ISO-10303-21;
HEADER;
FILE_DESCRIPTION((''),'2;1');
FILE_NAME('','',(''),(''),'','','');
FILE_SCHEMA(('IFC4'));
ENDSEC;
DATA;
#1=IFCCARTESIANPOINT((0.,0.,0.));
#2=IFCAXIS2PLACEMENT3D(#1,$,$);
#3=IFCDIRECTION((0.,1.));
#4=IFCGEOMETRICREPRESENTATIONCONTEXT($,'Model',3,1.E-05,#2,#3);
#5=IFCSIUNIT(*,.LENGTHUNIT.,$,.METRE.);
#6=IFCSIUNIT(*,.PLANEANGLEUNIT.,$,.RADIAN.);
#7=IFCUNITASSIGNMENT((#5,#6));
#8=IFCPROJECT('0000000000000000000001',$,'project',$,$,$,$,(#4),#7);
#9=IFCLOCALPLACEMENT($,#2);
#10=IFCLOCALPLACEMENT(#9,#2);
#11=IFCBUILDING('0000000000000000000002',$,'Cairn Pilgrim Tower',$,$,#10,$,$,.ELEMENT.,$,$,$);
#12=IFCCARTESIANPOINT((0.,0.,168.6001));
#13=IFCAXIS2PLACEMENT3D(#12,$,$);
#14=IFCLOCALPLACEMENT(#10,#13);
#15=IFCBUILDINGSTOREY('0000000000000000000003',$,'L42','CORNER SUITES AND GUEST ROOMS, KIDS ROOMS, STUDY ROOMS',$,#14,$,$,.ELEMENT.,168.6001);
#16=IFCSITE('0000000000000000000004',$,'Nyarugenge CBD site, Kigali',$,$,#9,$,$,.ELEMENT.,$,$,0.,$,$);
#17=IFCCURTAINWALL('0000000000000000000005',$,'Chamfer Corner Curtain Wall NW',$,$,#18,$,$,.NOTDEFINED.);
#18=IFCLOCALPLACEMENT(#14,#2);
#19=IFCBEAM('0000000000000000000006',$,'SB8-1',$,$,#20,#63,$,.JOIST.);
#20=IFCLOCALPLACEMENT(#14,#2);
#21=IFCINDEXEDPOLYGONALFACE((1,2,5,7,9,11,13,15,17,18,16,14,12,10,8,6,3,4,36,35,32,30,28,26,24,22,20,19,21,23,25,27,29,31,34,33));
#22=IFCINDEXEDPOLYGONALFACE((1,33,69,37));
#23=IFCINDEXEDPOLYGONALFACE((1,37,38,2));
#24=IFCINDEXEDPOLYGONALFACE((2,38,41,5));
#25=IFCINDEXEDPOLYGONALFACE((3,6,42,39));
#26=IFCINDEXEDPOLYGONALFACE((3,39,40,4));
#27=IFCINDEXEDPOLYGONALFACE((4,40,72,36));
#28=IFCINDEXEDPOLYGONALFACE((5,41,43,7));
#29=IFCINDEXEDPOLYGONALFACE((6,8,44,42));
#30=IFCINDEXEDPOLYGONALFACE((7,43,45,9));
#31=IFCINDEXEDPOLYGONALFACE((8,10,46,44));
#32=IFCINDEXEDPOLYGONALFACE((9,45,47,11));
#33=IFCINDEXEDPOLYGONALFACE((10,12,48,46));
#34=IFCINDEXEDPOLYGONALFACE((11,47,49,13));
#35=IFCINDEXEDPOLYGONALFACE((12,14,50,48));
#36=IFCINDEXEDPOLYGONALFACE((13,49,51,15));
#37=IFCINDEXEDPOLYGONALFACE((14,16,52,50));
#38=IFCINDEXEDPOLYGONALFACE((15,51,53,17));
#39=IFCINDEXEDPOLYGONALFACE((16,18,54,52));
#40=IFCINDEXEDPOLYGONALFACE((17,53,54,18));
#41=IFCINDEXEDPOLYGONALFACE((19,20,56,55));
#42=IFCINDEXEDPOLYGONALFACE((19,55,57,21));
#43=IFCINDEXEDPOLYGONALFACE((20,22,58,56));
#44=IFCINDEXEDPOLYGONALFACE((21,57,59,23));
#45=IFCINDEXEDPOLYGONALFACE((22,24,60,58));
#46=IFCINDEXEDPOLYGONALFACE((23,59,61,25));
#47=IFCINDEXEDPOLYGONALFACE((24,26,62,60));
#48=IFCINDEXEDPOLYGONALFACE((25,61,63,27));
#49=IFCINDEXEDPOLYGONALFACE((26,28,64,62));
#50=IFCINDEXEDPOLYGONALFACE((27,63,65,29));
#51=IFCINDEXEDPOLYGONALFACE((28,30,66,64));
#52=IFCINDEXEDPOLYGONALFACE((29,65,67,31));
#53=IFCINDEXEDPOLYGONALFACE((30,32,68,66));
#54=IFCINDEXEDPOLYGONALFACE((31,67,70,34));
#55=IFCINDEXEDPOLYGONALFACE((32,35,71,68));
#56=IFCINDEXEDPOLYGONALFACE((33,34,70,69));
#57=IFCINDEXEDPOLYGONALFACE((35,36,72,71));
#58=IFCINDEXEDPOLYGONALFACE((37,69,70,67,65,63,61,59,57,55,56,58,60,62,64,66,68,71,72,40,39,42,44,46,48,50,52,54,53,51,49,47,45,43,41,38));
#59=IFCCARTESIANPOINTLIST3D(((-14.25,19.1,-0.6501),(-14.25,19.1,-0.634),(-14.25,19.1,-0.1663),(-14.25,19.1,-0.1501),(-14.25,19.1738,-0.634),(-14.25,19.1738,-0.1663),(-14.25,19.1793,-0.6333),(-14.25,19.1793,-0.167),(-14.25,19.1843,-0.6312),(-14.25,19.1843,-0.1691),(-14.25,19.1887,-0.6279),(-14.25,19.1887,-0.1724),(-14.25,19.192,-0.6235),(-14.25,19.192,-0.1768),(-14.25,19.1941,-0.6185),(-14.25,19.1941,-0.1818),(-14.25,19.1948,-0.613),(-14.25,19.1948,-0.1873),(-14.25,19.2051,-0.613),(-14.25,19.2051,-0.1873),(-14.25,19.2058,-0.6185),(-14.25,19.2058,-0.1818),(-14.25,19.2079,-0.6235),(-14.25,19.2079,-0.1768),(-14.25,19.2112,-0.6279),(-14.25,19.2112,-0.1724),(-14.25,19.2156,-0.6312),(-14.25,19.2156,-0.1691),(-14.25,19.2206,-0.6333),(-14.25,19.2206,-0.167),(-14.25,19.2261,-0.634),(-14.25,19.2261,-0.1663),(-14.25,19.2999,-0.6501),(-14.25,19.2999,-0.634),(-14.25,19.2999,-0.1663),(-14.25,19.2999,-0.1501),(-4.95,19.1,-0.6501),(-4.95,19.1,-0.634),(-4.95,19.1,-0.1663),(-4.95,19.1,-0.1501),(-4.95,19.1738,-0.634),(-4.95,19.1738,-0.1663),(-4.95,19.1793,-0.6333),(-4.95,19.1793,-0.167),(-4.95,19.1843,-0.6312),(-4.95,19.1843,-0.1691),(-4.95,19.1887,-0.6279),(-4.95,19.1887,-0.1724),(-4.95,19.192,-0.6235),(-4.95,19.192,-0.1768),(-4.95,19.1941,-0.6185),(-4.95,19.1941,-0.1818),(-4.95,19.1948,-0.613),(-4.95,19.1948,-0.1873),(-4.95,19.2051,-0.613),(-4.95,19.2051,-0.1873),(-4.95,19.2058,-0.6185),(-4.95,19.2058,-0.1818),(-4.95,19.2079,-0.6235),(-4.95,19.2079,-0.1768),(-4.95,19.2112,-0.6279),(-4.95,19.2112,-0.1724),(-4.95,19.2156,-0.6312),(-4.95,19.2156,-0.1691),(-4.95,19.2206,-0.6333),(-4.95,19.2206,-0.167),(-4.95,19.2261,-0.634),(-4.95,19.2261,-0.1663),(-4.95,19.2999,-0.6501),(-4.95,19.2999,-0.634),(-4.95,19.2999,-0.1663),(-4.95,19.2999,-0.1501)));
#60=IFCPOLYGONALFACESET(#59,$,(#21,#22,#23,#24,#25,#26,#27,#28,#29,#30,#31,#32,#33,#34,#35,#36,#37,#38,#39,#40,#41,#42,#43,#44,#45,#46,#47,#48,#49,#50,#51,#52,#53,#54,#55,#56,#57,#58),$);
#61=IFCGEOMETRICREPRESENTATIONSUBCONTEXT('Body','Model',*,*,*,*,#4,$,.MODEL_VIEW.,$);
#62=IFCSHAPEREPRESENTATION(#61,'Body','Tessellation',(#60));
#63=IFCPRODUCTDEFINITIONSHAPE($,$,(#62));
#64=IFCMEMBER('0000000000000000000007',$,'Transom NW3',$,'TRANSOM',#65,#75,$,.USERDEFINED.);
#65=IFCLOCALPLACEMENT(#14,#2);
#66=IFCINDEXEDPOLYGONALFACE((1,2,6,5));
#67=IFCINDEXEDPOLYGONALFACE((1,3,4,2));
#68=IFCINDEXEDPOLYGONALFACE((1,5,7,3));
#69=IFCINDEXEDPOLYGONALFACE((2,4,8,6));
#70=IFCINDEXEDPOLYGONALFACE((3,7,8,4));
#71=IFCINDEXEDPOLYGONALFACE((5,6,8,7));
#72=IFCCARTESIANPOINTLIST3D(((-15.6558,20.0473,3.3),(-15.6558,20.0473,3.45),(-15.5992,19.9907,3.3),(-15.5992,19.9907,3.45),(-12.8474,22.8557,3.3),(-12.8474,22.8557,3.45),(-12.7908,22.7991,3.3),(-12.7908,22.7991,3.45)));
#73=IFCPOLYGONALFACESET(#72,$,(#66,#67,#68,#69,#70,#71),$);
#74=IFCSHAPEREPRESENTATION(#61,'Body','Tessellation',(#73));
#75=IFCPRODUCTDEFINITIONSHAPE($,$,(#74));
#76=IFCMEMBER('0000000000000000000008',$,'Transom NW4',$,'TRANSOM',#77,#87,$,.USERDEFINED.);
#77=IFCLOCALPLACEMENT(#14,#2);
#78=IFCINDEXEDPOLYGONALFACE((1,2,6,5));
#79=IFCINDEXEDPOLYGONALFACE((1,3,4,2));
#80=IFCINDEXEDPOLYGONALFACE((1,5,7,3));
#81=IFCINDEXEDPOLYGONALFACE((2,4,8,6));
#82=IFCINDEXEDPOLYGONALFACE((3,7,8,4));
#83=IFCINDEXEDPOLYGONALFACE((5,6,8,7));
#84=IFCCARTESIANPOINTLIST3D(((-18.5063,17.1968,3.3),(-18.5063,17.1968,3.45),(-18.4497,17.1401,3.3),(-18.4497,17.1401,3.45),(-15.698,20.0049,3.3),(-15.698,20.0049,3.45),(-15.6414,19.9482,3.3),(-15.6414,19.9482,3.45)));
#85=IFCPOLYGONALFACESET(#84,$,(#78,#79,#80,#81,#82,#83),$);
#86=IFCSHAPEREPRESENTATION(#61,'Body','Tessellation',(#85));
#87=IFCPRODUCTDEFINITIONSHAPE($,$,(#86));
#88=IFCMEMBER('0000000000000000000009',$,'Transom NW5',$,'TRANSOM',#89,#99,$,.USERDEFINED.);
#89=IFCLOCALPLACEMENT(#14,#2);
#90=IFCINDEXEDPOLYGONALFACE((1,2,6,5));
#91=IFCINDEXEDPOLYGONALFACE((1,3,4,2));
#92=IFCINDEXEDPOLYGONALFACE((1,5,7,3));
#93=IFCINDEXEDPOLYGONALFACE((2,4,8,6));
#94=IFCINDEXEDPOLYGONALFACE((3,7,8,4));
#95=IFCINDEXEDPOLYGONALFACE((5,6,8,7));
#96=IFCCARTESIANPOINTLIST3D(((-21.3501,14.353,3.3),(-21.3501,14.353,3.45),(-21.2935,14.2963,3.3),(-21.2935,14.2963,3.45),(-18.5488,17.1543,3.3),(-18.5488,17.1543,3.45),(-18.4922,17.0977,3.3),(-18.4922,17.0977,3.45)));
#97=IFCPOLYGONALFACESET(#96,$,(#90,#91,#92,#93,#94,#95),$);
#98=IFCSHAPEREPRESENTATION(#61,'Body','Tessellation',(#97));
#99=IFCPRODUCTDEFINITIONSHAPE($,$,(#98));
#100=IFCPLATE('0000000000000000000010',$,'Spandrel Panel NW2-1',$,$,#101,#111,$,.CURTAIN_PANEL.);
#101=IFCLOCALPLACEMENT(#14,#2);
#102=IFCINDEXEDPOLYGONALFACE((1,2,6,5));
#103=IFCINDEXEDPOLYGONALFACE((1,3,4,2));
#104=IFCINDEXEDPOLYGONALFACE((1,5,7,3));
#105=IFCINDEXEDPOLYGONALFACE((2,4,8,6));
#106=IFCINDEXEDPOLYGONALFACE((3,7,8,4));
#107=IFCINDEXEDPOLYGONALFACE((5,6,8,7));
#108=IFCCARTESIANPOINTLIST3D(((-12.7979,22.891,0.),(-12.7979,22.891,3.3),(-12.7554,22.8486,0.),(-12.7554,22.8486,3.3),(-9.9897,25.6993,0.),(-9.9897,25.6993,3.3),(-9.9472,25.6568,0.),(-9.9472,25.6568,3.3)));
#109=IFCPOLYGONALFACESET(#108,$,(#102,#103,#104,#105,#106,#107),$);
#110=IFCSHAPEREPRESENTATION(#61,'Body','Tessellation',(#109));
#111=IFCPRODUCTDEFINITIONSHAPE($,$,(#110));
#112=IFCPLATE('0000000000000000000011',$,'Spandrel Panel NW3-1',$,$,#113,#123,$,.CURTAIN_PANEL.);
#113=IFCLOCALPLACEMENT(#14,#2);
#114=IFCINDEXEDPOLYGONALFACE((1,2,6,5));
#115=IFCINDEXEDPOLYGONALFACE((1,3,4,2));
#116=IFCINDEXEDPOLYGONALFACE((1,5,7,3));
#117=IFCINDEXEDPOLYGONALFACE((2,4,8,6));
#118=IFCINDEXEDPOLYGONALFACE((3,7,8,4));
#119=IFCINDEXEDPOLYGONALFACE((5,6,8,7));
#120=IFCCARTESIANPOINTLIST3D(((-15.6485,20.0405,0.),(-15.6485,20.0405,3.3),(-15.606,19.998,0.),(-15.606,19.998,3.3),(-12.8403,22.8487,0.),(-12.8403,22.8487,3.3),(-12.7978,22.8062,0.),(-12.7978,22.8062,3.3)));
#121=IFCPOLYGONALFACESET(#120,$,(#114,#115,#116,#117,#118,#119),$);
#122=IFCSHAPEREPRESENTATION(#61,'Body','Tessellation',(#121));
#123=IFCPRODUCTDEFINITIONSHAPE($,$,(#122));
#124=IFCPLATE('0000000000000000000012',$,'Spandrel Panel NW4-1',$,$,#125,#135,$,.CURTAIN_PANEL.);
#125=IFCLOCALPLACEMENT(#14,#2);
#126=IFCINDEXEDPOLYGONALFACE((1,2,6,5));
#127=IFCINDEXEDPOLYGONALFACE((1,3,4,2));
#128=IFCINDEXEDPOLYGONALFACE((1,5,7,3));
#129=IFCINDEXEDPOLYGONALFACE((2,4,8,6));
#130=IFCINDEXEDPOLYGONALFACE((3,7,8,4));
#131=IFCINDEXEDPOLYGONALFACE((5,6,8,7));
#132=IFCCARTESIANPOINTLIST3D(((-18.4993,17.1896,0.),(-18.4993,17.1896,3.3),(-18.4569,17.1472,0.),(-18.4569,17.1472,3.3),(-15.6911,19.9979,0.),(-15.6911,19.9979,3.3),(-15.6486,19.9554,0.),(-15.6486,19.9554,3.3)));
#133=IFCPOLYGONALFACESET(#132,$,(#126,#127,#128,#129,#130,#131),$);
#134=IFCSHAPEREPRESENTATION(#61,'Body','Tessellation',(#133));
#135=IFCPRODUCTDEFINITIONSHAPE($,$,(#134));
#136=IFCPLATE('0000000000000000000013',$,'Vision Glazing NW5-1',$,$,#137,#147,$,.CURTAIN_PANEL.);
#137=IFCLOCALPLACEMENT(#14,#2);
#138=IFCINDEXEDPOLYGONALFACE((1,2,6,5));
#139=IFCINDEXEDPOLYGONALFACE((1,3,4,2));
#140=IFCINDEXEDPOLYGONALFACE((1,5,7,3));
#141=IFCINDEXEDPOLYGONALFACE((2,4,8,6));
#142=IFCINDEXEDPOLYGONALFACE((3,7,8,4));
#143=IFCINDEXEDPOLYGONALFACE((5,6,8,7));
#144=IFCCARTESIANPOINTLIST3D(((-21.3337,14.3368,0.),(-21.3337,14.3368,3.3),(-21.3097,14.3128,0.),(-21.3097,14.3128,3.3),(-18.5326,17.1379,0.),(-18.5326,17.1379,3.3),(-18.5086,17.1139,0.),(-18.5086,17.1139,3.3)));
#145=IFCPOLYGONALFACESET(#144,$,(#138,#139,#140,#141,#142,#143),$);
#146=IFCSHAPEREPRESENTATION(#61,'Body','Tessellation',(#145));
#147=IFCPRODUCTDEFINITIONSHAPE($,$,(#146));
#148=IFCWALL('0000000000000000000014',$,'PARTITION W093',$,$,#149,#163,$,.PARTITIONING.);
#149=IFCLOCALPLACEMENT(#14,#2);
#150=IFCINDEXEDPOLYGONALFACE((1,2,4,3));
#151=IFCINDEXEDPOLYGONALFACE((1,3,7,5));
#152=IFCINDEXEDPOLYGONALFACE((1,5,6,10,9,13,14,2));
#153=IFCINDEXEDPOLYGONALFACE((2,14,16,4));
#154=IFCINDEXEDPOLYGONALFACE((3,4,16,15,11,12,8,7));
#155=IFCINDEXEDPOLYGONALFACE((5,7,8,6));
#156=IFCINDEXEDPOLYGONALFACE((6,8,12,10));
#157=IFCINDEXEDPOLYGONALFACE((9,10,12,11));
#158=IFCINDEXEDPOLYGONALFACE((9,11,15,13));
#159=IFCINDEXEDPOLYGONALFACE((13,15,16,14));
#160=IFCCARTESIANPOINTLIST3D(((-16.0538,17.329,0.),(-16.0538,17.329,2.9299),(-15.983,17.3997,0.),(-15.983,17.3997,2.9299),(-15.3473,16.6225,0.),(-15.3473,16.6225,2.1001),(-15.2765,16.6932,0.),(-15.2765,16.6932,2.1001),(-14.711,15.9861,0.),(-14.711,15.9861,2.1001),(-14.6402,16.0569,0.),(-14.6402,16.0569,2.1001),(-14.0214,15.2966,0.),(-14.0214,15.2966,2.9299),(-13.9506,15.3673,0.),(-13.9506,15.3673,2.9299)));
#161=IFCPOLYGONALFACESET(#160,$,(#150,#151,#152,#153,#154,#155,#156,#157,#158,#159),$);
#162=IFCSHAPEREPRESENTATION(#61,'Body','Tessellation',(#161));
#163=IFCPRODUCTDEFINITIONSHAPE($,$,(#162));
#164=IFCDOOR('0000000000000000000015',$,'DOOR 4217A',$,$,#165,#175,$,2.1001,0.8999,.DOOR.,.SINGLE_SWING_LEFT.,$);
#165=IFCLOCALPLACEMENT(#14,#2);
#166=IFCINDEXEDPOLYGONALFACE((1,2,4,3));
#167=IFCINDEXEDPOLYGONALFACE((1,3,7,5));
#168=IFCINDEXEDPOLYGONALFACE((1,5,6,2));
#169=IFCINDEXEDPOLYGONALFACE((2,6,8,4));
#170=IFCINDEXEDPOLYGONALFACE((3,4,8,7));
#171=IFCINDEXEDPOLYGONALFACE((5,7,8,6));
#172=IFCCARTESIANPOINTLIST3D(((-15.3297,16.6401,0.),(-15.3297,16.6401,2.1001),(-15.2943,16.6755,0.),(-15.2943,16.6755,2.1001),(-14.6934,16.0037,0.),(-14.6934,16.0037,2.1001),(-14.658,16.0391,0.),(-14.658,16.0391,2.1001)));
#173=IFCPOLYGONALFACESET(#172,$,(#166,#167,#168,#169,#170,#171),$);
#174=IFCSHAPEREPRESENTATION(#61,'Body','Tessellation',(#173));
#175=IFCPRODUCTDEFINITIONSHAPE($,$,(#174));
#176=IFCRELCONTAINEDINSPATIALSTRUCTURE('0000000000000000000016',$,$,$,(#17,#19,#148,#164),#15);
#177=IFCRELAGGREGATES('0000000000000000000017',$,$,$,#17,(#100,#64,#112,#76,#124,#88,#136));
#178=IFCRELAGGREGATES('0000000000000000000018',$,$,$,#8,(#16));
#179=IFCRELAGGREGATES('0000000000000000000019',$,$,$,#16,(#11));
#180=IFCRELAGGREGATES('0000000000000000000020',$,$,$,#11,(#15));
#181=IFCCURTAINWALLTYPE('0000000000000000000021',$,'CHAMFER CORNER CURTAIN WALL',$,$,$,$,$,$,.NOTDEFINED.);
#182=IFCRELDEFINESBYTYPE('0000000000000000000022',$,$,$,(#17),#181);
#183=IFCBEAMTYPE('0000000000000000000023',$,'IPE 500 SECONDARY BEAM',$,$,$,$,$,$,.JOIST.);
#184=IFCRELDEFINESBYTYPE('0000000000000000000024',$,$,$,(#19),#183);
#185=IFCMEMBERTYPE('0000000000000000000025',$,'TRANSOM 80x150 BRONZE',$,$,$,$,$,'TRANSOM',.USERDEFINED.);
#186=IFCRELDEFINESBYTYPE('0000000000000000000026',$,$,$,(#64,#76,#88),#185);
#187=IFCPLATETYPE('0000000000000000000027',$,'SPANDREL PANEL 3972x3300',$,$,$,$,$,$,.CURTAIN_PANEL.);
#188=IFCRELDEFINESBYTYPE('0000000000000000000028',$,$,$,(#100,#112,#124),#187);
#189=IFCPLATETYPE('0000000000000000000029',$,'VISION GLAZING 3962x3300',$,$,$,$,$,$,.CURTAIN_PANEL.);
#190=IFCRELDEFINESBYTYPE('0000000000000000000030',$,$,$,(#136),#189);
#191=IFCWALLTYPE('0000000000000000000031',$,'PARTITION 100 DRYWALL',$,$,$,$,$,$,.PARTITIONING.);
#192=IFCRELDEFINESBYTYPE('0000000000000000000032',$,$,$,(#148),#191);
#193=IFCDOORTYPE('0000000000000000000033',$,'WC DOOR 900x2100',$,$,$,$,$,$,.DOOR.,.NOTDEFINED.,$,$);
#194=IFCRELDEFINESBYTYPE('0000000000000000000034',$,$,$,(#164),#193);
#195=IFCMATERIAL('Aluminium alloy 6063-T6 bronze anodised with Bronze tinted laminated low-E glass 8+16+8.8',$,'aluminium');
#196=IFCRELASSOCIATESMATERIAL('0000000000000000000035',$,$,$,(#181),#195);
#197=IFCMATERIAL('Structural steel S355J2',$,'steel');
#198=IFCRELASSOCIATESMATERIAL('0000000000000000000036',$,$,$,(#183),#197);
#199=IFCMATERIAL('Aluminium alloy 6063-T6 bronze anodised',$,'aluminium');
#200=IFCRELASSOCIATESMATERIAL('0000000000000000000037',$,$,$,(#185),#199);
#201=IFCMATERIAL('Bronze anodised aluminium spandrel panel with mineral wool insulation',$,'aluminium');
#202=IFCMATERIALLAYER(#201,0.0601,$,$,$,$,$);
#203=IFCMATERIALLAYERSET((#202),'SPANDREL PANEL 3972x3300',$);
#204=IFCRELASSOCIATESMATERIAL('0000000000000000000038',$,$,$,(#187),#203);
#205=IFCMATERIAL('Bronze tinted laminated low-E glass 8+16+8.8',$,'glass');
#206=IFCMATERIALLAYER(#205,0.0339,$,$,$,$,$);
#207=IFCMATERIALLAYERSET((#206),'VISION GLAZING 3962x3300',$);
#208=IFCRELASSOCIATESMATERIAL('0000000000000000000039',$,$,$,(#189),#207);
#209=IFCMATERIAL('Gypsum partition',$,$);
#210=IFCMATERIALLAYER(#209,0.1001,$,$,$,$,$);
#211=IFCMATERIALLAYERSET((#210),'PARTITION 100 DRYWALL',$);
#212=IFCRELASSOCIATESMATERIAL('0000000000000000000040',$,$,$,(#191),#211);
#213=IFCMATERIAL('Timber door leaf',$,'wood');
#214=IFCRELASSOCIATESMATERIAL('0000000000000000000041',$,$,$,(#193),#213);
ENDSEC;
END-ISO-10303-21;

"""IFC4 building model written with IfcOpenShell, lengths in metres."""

from ifc_helpers import new_model, si_unit, direction, frame, frame_2d, origin, origin_2d, place, context, subcontext, project, spatial, rectangle, i_section, extrude, material, layer, layer_set, material_profile, profile_set, type_object, element, fill, aggregate, save


model = new_model("IFC4")

# Units and contexts
model_context = context("Model", 3, precision=1e-05, world=origin(), true_north=direction((0.0, 1.0)))
body_context = subcontext(model_context, "Body", "Model", "MODEL_VIEW")
ifc_project = project(units=[si_unit("LENGTHUNIT", "METRE"), si_unit("PLANEANGLEUNIT", "RADIAN")], contexts=[model_context])

# Site, building, storey
site_placement = place(None, origin())
site = spatial("IfcSite", under=ifc_project, at=site_placement, Name="Nyarugenge CBD site, Kigali", CompositionType="ELEMENT", RefElevation=0.0)
building_placement = place(site_placement, origin())
building = spatial("IfcBuilding", under=site, at=building_placement, Name="Cairn Pilgrim Tower", CompositionType="ELEMENT")
storey_placement = place(building_placement, frame((0.0, 0.0, 168.6001)))
storey = spatial("IfcBuildingStorey", under=building, at=storey_placement, Name="L42", Description="CORNER SUITES AND GUEST ROOMS, KIDS ROOMS, STUDY ROOMS", CompositionType="ELEMENT", Elevation=168.6001)

# Shared definitions
ifc_material_1 = material(Name="Structural steel S355J2", Category="steel")

# Curtain wall
ifc_material_2 = material(Name="Aluminium alloy 6063-T6 bronze anodised with Bronze tinted laminated low-E glass 8+16+8.8", Category="aluminium")
curtain_wall_type = type_object("IfcCurtainWallType", Name="CHAMFER CORNER CURTAIN WALL", PredefinedType="NOTDEFINED", material=ifc_material_2)
curtain_wall_placement = place(storey_placement, origin())
curtain_wall = element("IfcCurtainWall", 1, at=curtain_wall_placement, inside=storey, type_object=curtain_wall_type, Name="Chamfer Corner Curtain Wall NW", PredefinedType="NOTDEFINED")
ifc_material_3 = material(Name="Aluminium alloy 6063-T6 bronze anodised", Category="aluminium")

# Beam
ifc_material_profile_1 = material_profile(ifc_material_1, i_section(OverallWidth=0.2, OverallDepth=0.5, WebThickness=0.0103, FlangeThickness=0.0161, FilletRadius=0.021, at=origin_2d()), Name="IPE 500")
ifc_profile_set_1 = profile_set([ifc_material_profile_1], Name="Structural steel S355J2")
beam_type_1 = type_object("IfcBeamType", Name="IPE 500 SECONDARY BEAM", PredefinedType="JOIST", material=ifc_profile_set_1)
beam_1_placement = place(storey_placement, frame((-14.25, 19.2, -0.4001), z_axis=(1.0, 0.0, 0.0), x_axis=(0.0, 1.0, 0.0)))
element("IfcBeam", 2, at=beam_1_placement, inside=storey, type_object=beam_type_1, Name="SB8-1", PredefinedType="JOIST", context=body_context, shape_type="SweptSolid", body=[
    extrude(i_section(OverallWidth=0.2, OverallDepth=0.5, WebThickness=0.0103, FlangeThickness=0.0161, FilletRadius=0.021, at=origin_2d()), origin(), (0.0, 0.0, 1.0), 9.3),
])

# Members
ifc_material_profile_2 = material_profile(ifc_material_3, rectangle(XDim=0.0801, YDim=0.1499, at=origin_2d()), Name="TRANSOM 80x150 BRONZE")
ifc_profile_set_2 = profile_set([ifc_material_profile_2], Name="Aluminium alloy 6063-T6 bronze anodised")
member_type_1 = type_object("IfcMemberType", Name="TRANSOM 80x150 BRONZE", ElementType="TRANSOM", PredefinedType="USERDEFINED", material=ifc_profile_set_2)
member_1_placement = place(storey_placement, frame((-12.8191, 22.8274, 3.375), z_axis=(-0.707107, -0.707107, 0.0), x_axis=(0.707107, -0.707107, 0.0)))
member_1 = element("IfcMember", 3, at=member_1_placement, type_object=member_type_1, Name="Transom NW3", ObjectType="TRANSOM", PredefinedType="USERDEFINED", context=body_context, shape_type="SweptSolid", body=[
    extrude(rectangle(XDim=0.0801, YDim=0.1499, at=origin_2d()), origin(), (0.0, 0.0, 1.0), 3.9717),
])
member_2_placement = place(storey_placement, frame((-15.6697, 19.9766, 3.375), z_axis=(-0.707138, -0.707076, 0.0), x_axis=(0.707076, -0.707138, 0.0)))
member_2 = element("IfcMember", 4, at=member_2_placement, type_object=member_type_1, Name="Transom NW4", ObjectType="TRANSOM", PredefinedType="USERDEFINED", context=body_context, shape_type="SweptSolid", body=[
    extrude(rectangle(XDim=0.0801, YDim=0.1499, at=origin_2d()), origin(), (0.0, 0.0, 1.0), 3.9714),
])
member_3_placement = place(storey_placement, frame((-18.5205, 17.126, 3.375), z_axis=(-0.707107, -0.707107, 0.0), x_axis=(0.707107, -0.707107, 0.0)))
member_3 = element("IfcMember", 5, at=member_3_placement, type_object=member_type_1, Name="Transom NW5", ObjectType="TRANSOM", PredefinedType="USERDEFINED", context=body_context, shape_type="SweptSolid", body=[
    extrude(rectangle(XDim=0.0801, YDim=0.1499, at=origin_2d()), origin(), (0.0, 0.0, 1.0), 3.9617),
])

# Plates
ifc_material_4 = material(Name="Bronze anodised aluminium spandrel panel with mineral wool insulation", Category="aluminium")
ifc_layer_1 = layer(ifc_material_4, 0.0601)
ifc_layer_set_1 = layer_set([ifc_layer_1], Name="SPANDREL PANEL 3972x3300")
plate_type_1 = type_object("IfcPlateType", Name="SPANDREL PANEL 3972x3300", PredefinedType="CURTAIN_PANEL", material=ifc_layer_set_1)
plate_1_placement = place(storey_placement, frame((-11.3726, 24.2739, 0.0), z_axis=(0.0, 0.0, 1.0), x_axis=(-0.707107, -0.707107, 0.0)))
plate_1 = element("IfcPlate", 6, at=plate_1_placement, type_object=plate_type_1, Name="Spandrel Panel NW2-1", PredefinedType="CURTAIN_PANEL", context=body_context, shape_type="SweptSolid", body=[
    extrude(rectangle(XDim=3.9714, YDim=0.0601, at=origin_2d()), origin(), (0.0, 0.0, 1.0), 3.3),
])
plate_2_placement = place(storey_placement, frame((-14.2231, 21.4233, 0.0), z_axis=(0.0, 0.0, 1.0), x_axis=(-0.707107, -0.707107, 0.0)))
plate_2 = element("IfcPlate", 7, at=plate_2_placement, type_object=plate_type_1, Name="Spandrel Panel NW3-1", PredefinedType="CURTAIN_PANEL", context=body_context, shape_type="SweptSolid", body=[
    extrude(rectangle(XDim=3.9714, YDim=0.0601, at=origin_2d()), origin(), (0.0, 0.0, 1.0), 3.3),
])
plate_3_placement = place(storey_placement, frame((-17.074, 18.5725, 0.0), z_axis=(0.0, 0.0, 1.0), x_axis=(-0.707107, -0.707107, 0.0)))
plate_3 = element("IfcPlate", 8, at=plate_3_placement, type_object=plate_type_1, Name="Spandrel Panel NW4-1", PredefinedType="CURTAIN_PANEL", context=body_context, shape_type="SweptSolid", body=[
    extrude(rectangle(XDim=3.9714, YDim=0.0601, at=origin_2d()), origin(), (0.0, 0.0, 1.0), 3.3),
])
ifc_material_5 = material(Name="Bronze tinted laminated low-E glass 8+16+8.8", Category="glass")
ifc_layer_2 = layer(ifc_material_5, 0.0339)
ifc_layer_set_2 = layer_set([ifc_layer_2], Name="VISION GLAZING 3962x3300")
plate_type_2 = type_object("IfcPlateType", Name="VISION GLAZING 3962x3300", PredefinedType="CURTAIN_PANEL", material=ifc_layer_set_2)
plate_4_placement = place(storey_placement, frame((-19.9211, 15.7253, 0.0), z_axis=(0.0, 0.0, 1.0), x_axis=(-0.707107, -0.707107, 0.0)))
plate_4 = element("IfcPlate", 9, at=plate_4_placement, type_object=plate_type_2, Name="Vision Glazing NW5-1", PredefinedType="CURTAIN_PANEL", context=body_context, shape_type="SweptSolid", body=[
    extrude(rectangle(XDim=3.9614, YDim=0.0339, at=origin_2d()), origin(), (0.0, 0.0, 1.0), 3.3),
])
aggregate(curtain_wall, [plate_1, member_1, plate_2, member_2, plate_3, member_3, plate_4])

# Wall, opening, door
ifc_material_6 = material(Name="Gypsum partition")
ifc_layer_3 = layer(ifc_material_6, 0.1001)
ifc_layer_set_3 = layer_set([ifc_layer_3], Name="PARTITION 100 DRYWALL")
wall_type_1 = type_object("IfcWallType", Name="PARTITION 100 DRYWALL", PredefinedType="PARTITIONING", material=ifc_layer_set_3)
wall_1_placement = place(storey_placement, frame((-13.9861, 15.332, 0.0), z_axis=(0.0, 0.0, 1.0), x_axis=(-0.707107, 0.707107, 0.0)))
wall_1 = element("IfcWall", 10, at=wall_1_placement, inside=storey, type_object=wall_type_1, Name="PARTITION W093", PredefinedType="PARTITIONING", context=body_context, shape_type="SweptSolid", body=[
    extrude(rectangle(XDim=2.8743, YDim=0.1001, at=frame_2d((1.437, 0.0))), origin(), (0.0, 0.0, 1.0), 2.9299),
])
opening_placement = place(wall_1_placement, frame((0.9751, 0.0, 0.0)))
opening = element("IfcOpeningElement", 11, at=opening_placement, cuts=wall_1, PredefinedType="OPENING", context=body_context, shape_type="SweptSolid", body=[
    extrude(rectangle(XDim=0.8999, YDim=2.1001, at=frame_2d((0.45, 1.05))), frame((0.0, 0.0601, 0.0), z_axis=(0.0, -1.0, 0.0), x_axis=(1.0, 0.0, 0.0)), (0.0, 0.0, 1.0), 0.1201),
])
ifc_material_7 = material(Name="Timber door leaf", Category="wood")
door_type = type_object("IfcDoorType", Name="WC DOOR 900x2100", OperationType="NOTDEFINED", PredefinedType="DOOR", material=ifc_material_7)
door_placement = place(opening_placement, frame((0.8999, 0.0, 0.0), z_axis=(0.0, 0.0, 1.0), x_axis=(-1.0, 0.0, 0.0)))
door = element("IfcDoor", 12, at=door_placement, inside=storey, type_object=door_type, Name="DOOR 4217A", OperationType="SINGLE_SWING_LEFT", OverallHeight=2.1001, OverallWidth=0.8999, PredefinedType="DOOR", context=body_context, shape_type="SweptSolid", body=[
    extrude(rectangle(XDim=0.8999, YDim=2.1001, at=frame_2d((0.45, 1.05))), frame((0.0, 0.0249, 0.0), z_axis=(0.0, -1.0, 0.0), x_axis=(1.0, 0.0, 0.0)), (0.0, 0.0, 1.0), 0.05),
])
fill(opening, door)

save(model, "model.ifc")
